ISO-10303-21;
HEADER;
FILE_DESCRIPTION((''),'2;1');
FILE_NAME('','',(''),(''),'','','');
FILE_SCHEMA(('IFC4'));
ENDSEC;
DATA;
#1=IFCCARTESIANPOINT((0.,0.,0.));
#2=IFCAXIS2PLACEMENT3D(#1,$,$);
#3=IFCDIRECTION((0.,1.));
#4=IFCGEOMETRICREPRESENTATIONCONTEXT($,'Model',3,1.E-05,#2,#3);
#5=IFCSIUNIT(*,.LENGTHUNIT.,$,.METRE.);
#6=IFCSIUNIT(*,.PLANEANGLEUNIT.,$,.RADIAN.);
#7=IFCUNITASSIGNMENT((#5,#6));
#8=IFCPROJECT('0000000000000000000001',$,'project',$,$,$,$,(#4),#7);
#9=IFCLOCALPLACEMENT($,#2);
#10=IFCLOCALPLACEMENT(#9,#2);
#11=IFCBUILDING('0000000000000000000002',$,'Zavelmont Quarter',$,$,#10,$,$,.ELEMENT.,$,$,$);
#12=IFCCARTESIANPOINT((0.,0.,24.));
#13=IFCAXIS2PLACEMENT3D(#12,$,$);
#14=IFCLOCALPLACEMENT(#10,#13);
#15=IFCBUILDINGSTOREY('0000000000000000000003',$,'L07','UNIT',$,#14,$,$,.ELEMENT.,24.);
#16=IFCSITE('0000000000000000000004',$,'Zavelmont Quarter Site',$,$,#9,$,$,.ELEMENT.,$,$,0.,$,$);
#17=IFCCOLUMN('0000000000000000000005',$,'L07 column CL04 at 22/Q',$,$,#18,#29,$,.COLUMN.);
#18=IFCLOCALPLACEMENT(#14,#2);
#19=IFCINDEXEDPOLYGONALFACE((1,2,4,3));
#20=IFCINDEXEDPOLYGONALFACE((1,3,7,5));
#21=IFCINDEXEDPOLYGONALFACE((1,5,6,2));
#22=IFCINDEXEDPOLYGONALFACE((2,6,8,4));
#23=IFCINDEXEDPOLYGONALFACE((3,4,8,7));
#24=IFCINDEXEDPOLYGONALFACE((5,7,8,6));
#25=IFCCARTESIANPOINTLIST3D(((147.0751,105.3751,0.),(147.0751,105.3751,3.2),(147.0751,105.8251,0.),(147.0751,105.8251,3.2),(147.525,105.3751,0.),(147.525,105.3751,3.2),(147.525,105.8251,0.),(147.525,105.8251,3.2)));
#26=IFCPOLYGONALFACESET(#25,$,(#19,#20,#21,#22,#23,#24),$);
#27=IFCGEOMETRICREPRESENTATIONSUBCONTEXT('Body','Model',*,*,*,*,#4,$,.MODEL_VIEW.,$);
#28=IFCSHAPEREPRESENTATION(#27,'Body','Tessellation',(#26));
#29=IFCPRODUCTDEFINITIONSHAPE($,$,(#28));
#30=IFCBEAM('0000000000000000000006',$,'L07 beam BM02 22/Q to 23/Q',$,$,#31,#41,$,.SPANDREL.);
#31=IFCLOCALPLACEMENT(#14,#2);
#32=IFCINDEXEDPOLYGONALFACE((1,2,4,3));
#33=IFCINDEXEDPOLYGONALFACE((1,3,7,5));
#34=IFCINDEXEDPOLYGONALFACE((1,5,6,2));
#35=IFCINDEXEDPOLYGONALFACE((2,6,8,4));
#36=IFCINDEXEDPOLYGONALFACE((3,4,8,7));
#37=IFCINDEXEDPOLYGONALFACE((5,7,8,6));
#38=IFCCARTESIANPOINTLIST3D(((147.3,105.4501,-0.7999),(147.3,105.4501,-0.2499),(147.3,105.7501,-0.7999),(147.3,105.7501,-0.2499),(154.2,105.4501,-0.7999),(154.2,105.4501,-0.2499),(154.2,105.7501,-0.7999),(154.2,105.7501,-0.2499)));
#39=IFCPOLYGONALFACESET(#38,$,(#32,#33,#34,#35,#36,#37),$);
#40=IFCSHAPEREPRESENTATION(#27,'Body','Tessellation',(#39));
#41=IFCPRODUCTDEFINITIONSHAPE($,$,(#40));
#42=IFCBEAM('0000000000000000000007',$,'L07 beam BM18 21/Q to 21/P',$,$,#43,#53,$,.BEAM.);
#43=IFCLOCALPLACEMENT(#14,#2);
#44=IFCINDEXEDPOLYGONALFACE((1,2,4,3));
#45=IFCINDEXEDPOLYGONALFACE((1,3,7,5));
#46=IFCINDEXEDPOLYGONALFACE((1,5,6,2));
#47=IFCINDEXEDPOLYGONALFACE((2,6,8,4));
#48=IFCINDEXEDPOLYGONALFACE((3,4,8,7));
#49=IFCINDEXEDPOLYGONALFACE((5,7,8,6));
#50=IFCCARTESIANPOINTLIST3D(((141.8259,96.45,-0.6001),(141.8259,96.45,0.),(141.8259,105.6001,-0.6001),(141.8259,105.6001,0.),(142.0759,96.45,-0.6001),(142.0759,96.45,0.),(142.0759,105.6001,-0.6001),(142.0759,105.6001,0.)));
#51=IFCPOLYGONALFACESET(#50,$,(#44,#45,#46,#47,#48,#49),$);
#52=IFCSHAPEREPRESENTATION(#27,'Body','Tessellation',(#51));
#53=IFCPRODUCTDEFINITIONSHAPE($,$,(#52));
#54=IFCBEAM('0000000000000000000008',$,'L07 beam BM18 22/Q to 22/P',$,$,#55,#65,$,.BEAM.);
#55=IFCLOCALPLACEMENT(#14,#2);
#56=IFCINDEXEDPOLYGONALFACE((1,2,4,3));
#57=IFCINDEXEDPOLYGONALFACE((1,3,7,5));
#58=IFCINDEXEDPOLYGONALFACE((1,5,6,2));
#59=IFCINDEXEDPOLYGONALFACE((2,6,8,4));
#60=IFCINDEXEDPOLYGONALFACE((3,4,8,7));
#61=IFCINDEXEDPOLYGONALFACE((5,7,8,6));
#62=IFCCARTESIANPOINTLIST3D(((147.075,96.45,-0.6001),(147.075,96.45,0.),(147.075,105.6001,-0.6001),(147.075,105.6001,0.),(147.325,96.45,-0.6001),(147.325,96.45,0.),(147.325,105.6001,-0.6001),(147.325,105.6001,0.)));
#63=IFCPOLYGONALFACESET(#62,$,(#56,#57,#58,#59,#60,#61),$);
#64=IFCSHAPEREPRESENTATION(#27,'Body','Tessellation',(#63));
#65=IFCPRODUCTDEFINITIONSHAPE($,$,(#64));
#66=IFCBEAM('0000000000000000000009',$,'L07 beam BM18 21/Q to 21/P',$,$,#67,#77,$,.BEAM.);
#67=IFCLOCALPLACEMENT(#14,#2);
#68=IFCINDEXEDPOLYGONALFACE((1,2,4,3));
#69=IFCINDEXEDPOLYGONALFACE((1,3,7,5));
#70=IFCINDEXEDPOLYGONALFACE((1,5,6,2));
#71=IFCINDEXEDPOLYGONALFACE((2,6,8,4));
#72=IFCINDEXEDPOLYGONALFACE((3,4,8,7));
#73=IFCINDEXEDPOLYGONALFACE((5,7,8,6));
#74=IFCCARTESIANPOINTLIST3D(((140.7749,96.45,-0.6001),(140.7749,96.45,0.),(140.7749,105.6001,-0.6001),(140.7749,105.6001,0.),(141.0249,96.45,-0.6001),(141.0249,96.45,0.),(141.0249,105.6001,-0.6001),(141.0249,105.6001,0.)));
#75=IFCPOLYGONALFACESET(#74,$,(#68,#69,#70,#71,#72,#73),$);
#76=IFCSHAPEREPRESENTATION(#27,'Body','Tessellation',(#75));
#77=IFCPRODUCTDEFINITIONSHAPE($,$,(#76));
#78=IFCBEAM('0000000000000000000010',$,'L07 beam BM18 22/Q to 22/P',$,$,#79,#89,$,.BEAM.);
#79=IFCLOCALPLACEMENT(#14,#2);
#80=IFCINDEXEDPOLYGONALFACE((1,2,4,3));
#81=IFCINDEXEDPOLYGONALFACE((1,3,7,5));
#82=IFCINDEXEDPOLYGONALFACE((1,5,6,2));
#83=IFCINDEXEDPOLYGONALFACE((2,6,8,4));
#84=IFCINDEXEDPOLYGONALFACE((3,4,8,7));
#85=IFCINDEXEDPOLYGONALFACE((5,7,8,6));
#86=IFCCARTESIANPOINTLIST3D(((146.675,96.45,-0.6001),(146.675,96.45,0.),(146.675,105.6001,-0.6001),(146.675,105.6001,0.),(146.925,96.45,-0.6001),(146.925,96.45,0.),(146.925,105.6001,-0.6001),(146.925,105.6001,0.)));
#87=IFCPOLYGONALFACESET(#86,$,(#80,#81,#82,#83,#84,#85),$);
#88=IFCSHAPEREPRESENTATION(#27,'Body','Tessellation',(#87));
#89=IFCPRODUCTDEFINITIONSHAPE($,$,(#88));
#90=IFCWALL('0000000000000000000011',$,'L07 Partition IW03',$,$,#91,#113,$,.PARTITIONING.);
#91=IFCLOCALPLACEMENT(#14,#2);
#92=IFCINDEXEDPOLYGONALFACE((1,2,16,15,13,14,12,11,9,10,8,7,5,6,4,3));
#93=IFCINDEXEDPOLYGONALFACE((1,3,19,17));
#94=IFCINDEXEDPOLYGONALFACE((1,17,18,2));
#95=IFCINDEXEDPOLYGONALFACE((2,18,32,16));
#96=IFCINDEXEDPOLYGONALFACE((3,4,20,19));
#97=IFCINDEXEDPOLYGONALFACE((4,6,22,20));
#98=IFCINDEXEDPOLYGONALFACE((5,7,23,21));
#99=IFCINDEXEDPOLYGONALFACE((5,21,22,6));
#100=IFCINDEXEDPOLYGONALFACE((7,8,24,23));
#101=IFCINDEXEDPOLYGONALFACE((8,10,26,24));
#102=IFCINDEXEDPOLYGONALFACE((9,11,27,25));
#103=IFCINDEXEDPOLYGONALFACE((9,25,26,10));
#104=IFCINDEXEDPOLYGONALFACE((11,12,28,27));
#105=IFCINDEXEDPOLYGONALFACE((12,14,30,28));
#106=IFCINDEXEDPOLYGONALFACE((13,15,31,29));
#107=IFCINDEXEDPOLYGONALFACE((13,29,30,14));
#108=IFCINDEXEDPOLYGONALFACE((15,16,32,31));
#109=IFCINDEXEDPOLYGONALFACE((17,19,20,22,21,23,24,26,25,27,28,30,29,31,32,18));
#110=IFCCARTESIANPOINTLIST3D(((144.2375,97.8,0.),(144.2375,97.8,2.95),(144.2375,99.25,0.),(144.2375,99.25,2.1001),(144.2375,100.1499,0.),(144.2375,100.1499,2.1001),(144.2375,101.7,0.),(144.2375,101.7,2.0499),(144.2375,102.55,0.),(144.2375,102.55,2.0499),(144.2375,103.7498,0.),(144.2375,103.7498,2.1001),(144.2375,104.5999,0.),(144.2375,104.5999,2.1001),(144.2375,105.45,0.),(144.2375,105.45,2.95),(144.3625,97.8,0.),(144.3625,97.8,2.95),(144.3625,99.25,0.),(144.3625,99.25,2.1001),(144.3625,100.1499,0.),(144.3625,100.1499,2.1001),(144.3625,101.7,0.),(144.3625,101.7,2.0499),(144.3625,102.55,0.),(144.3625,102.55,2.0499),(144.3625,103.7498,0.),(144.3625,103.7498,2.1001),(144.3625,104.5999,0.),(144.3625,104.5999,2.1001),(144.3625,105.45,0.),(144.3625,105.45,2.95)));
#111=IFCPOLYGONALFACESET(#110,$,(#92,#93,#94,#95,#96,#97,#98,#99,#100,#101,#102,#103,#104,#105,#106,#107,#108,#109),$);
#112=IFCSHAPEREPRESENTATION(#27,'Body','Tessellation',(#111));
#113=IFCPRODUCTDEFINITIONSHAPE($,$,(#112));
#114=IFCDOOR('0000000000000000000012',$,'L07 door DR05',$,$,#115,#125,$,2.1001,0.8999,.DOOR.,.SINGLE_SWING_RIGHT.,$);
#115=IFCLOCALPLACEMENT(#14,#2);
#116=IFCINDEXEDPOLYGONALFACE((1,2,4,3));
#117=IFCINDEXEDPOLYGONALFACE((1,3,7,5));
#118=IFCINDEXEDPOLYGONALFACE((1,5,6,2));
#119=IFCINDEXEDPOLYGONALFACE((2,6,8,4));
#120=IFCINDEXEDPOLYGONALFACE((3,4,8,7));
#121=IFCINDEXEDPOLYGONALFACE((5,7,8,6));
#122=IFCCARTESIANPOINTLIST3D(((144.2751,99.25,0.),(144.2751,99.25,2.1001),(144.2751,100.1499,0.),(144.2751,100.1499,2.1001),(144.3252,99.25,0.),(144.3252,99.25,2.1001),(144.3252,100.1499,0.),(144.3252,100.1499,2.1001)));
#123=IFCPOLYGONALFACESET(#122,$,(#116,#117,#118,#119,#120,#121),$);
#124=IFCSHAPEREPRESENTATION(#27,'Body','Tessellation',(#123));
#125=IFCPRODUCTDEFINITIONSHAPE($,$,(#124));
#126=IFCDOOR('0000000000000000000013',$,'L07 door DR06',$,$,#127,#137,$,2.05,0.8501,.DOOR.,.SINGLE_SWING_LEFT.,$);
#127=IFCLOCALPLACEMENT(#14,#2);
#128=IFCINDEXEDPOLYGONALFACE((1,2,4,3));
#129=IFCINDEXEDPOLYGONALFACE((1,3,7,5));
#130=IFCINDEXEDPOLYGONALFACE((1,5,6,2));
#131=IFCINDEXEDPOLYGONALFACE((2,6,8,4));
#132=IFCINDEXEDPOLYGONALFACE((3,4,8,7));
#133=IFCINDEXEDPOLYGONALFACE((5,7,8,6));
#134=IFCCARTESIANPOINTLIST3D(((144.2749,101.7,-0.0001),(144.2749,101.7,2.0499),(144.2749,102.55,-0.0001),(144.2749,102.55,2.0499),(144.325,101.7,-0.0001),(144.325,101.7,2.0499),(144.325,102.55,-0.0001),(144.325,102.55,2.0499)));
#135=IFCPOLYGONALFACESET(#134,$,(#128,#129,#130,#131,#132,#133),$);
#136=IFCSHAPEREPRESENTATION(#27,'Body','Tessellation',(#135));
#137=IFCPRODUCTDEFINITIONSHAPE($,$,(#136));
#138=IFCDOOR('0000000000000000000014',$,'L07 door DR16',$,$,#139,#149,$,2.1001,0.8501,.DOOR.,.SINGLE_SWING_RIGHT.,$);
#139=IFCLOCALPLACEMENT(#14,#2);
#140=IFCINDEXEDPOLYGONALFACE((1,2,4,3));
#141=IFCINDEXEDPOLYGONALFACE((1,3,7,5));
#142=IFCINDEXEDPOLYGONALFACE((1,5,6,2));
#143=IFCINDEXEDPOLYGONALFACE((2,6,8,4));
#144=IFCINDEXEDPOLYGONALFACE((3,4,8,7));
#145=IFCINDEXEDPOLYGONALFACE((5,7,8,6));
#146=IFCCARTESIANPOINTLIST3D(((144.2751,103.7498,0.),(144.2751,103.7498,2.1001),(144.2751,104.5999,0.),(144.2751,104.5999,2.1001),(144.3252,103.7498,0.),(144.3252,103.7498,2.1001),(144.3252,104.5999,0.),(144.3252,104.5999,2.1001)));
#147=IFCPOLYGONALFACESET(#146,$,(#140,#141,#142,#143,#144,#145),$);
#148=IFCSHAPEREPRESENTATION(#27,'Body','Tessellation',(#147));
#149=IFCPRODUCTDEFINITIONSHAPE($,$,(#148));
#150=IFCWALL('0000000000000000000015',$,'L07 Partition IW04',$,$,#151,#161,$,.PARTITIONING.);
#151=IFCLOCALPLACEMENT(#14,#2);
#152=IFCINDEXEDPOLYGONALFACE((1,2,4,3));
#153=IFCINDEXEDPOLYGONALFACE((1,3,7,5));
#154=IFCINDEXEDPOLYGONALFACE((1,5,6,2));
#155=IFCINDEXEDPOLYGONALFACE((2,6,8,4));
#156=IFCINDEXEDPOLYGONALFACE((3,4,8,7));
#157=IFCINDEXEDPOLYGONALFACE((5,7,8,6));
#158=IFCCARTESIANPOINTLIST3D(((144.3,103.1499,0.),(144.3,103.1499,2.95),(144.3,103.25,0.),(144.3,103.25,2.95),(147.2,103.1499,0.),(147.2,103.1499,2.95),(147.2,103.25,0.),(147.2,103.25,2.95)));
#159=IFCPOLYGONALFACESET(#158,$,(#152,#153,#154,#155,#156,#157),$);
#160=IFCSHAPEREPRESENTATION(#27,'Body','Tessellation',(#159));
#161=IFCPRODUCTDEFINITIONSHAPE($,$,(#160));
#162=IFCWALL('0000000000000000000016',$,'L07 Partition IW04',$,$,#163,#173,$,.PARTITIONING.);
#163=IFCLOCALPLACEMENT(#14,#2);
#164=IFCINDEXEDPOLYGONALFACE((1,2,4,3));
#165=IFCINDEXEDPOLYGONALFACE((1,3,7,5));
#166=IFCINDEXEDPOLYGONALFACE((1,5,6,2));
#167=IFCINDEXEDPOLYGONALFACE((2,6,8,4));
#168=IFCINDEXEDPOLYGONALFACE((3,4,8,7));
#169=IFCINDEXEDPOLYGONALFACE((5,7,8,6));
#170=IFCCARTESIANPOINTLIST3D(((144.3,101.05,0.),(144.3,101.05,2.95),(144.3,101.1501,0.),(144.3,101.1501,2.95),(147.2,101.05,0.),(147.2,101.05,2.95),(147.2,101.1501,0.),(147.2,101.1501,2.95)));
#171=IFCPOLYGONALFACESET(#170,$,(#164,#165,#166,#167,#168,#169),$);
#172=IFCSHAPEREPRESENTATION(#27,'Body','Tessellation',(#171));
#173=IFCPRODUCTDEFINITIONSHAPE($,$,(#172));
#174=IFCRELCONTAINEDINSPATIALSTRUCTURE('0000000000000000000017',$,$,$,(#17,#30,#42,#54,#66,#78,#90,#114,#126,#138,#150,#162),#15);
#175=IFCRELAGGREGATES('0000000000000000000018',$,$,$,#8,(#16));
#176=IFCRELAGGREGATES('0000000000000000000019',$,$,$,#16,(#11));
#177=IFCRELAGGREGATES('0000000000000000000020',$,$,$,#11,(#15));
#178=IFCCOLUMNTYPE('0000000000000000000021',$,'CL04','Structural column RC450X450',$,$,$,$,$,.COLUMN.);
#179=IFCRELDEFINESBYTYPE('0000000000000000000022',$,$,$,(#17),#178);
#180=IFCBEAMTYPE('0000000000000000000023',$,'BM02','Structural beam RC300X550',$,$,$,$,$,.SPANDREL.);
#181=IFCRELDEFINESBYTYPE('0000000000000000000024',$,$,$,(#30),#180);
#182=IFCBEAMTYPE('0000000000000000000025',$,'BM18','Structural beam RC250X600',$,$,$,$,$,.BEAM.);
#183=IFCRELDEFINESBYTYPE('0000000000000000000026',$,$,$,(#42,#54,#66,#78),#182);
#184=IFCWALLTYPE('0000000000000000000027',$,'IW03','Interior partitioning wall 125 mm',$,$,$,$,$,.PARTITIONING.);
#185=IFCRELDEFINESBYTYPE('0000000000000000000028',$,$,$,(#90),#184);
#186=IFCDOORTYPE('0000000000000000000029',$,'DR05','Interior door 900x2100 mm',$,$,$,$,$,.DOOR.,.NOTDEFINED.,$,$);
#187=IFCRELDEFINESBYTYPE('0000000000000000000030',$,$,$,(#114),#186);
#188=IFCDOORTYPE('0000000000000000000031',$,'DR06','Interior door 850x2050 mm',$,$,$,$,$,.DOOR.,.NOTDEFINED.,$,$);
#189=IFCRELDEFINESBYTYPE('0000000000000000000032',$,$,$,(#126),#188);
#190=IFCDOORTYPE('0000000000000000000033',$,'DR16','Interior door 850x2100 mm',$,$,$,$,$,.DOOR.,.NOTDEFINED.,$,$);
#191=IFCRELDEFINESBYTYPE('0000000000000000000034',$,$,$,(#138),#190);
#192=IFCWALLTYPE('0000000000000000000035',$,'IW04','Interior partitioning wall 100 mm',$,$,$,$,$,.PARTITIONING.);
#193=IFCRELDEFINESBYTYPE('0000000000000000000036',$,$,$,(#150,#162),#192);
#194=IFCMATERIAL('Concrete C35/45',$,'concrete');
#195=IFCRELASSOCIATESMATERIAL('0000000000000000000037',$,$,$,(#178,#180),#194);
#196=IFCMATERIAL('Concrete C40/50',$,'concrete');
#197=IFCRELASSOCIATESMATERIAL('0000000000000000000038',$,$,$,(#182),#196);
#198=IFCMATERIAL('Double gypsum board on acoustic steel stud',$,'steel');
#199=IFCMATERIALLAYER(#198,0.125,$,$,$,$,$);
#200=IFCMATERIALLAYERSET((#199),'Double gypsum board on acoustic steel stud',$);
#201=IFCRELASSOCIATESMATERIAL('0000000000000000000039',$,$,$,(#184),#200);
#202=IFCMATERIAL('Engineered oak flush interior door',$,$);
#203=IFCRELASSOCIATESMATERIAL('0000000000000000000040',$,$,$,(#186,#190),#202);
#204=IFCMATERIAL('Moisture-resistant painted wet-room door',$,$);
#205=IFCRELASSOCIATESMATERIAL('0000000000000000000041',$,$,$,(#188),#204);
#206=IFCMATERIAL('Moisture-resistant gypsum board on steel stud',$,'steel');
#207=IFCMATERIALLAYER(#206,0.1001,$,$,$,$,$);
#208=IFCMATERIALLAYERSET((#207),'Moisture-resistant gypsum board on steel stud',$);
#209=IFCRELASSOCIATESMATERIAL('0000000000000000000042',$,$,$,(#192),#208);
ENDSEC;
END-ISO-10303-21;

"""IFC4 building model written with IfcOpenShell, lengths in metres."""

from ifc_helpers import new_model, si_unit, direction, frame, frame_2d, origin, origin_with_axes, origin_2d, place, context, subcontext, project, spatial, rectangle, extrude, material, layer, layer_set, material_profile, profile_set, type_object, element, fill, save


model = new_model("IFC4")

# Units and contexts
model_context = context("Model", 3, precision=1e-05, world=origin(), true_north=direction((0.0, 1.0)))
body_context = subcontext(model_context, "Body", "Model", "MODEL_VIEW")
ifc_project = project(units=[si_unit("LENGTHUNIT", "METRE"), si_unit("PLANEANGLEUNIT", "RADIAN")], contexts=[model_context])

# Site, building, storey
site_placement = place(None, origin())
site = spatial("IfcSite", under=ifc_project, at=site_placement, Name="Zavelmont Quarter Site", CompositionType="ELEMENT", RefElevation=0.0)
building_placement = place(site_placement, origin())
building = spatial("IfcBuilding", under=site, at=building_placement, Name="Zavelmont Quarter", CompositionType="ELEMENT")
storey_placement = place(building_placement, frame((0.0, 0.0, 24.0)))
storey = spatial("IfcBuildingStorey", under=building, at=storey_placement, Name="L07", Description="UNIT", CompositionType="ELEMENT", Elevation=24.0)

# Column
ifc_material_1 = material(Name="Concrete C35/45", Category="concrete")
ifc_material_profile_1 = material_profile(ifc_material_1, rectangle(XDim=0.45, YDim=0.45, at=origin_2d()), Name="RC450X450")
ifc_profile_set_1 = profile_set([ifc_material_profile_1], Name="Concrete C35/45")
column_type = type_object("IfcColumnType", Name="CL04", Description="Structural column RC450X450", PredefinedType="COLUMN", material=ifc_profile_set_1)
column_placement = place(storey_placement, frame((147.3, 105.6001, 0.0), z_axis=(0.0, 0.0, 1.0), x_axis=(1.0, 0.0, 0.0)))
element("IfcColumn", 1, at=column_placement, inside=storey, type_object=column_type, Name="L07 column CL04 at 22/Q", PredefinedType="COLUMN", context=body_context, shape_type="SweptSolid", body=[
    extrude(rectangle(XDim=0.45, YDim=0.45, at=origin_2d()), origin(), (0.0, 0.0, 1.0), 3.2),
])

# Beams
ifc_material_profile_2 = material_profile(ifc_material_1, rectangle(XDim=0.3, YDim=0.55, at=origin_2d()), Name="RC300X550")
ifc_profile_set_2 = profile_set([ifc_material_profile_2], Name="Concrete C35/45")
beam_type_1 = type_object("IfcBeamType", Name="BM02", Description="Structural beam RC300X550", PredefinedType="SPANDREL", material=ifc_profile_set_2)
beam_placement = place(storey_placement, frame((147.3, 105.6001, -0.5249), z_axis=(1.0, 0.0, 0.0), x_axis=(0.0, 1.0, 0.0)))
element("IfcBeam", 2, at=beam_placement, inside=storey, type_object=beam_type_1, Name="L07 beam BM02 22/Q to 23/Q", PredefinedType="SPANDREL", context=body_context, shape_type="SweptSolid", body=[
    extrude(rectangle(XDim=0.3, YDim=0.55, at=origin_2d()), origin(), (0.0, 0.0, 1.0), 6.8999),
])
ifc_material_2 = material(Name="Concrete C40/50", Category="concrete")
ifc_material_profile_3 = material_profile(ifc_material_2, rectangle(XDim=0.25, YDim=0.6001, at=origin_2d()), Name="RC250X600")
ifc_profile_set_3 = profile_set([ifc_material_profile_3], Name="Concrete C40/50")
beam_type_2 = type_object("IfcBeamType", Name="BM18", Description="Structural beam RC250X600", PredefinedType="BEAM", material=ifc_profile_set_3)
for number, where, z_axis, x_axis, name in (
    (3, (141.9509, 105.6001, -0.3), (0.0, -1.0, 0.0), (1.0, 0.0, 0.0), "L07 beam BM18 21/Q to 21/P"),
    (4, (147.2, 105.6001, -0.3), (0.0, -1.0, 0.0), (1.0, 0.0, 0.0), "L07 beam BM18 22/Q to 22/P"),
    (5, (140.8999, 105.6001, -0.3), (0.0, -1.0, 0.0), (1.0, 0.0, 0.0), "L07 beam BM18 21/Q to 21/P"),
    (6, (146.8, 105.6001, -0.3), (0.0, -1.0, 0.0), (1.0, 0.0, 0.0), "L07 beam BM18 22/Q to 22/P"),
):
    element("IfcBeam", number, at=place(storey_placement, frame(where, z_axis=z_axis, x_axis=x_axis)), inside=storey, type_object=beam_type_2, Name=name, PredefinedType="BEAM", context=body_context, shape_type="SweptSolid", body=[
        extrude(rectangle(XDim=0.25, YDim=0.6001, at=origin_2d()), origin(), (0.0, 0.0, 1.0), 9.1501),
    ])

# Wall, openings, doors
ifc_material_3 = material(Name="Double gypsum board on acoustic steel stud", Category="steel")
ifc_layer_1 = layer(ifc_material_3, 0.125)
ifc_layer_set_1 = layer_set([ifc_layer_1], Name="Double gypsum board on acoustic steel stud")
wall_type_1 = type_object("IfcWallType", Name="IW03", Description="Interior partitioning wall 125 mm", PredefinedType="PARTITIONING", material=ifc_layer_set_1)
wall_1_placement = place(storey_placement, frame((144.3, 105.45, 0.0), z_axis=(0.0, 0.0, 1.0), x_axis=(0.0, -1.0, 0.0)))
wall_1 = element("IfcWall", 7, at=wall_1_placement, inside=storey, type_object=wall_type_1, Name="L07 Partition IW03", PredefinedType="PARTITIONING", context=body_context, shape_type="SweptSolid", body=[
    extrude(rectangle(XDim=7.6499, YDim=0.125, at=frame_2d((3.825, 0.0))), origin(), (0.0, 0.0, 1.0), 2.95),
])
opening_1_placement = place(wall_1_placement, frame((0.8501, 0.0, 0.0)))
opening_1 = element("IfcOpeningElement", 8, at=opening_1_placement, cuts=wall_1, PredefinedType="OPENING", context=body_context, shape_type="SweptSolid", body=[
    extrude(rectangle(XDim=0.8501, YDim=2.1001, at=frame_2d((0.425, 1.05))), frame((0.0, 0.0745, 0.0), z_axis=(0.0, -1.0, 0.0), x_axis=(1.0, 0.0, 0.0)), (0.0, 0.0, 1.0), 0.1489),
])
opening_2_placement = place(wall_1_placement, frame((2.8999, 0.0, 0.0)))
opening_2 = element("IfcOpeningElement", 9, at=opening_2_placement, cuts=wall_1, PredefinedType="OPENING", context=body_context, shape_type="SweptSolid", body=[
    extrude(rectangle(XDim=0.8501, YDim=2.05, at=frame_2d((0.425, 1.0249))), frame((0.0, 0.0745, 0.0), z_axis=(0.0, -1.0, 0.0), x_axis=(1.0, 0.0, 0.0)), (0.0, 0.0, 1.0), 0.1489),
])
opening_3_placement = place(wall_1_placement, frame((5.3, 0.0, 0.0)))
opening_3 = element("IfcOpeningElement", 10, at=opening_3_placement, cuts=wall_1, PredefinedType="OPENING", context=body_context, shape_type="SweptSolid", body=[
    extrude(rectangle(XDim=0.8999, YDim=2.1001, at=frame_2d((0.45, 1.05))), frame((0.0, 0.0745, 0.0), z_axis=(0.0, -1.0, 0.0), x_axis=(1.0, 0.0, 0.0)), (0.0, 0.0, 1.0), 0.1489),
])
ifc_material_4 = material(Name="Engineered oak flush interior door")
door_type_1 = type_object("IfcDoorType", Name="DR05", Description="Interior door 900x2100 mm", OperationType="NOTDEFINED", PredefinedType="DOOR", material=ifc_material_4)
door_1_placement = place(opening_3_placement, frame((0.8999, 0.0, 0.0), z_axis=(0.0, 0.0, 1.0), x_axis=(-1.0, 0.0, 0.0)))
door_1 = element("IfcDoor", 11, at=door_1_placement, inside=storey, type_object=door_type_1, Name="L07 door DR05", OperationType="SINGLE_SWING_RIGHT", OverallHeight=2.1001, OverallWidth=0.8999, PredefinedType="DOOR", context=body_context, shape_type="SweptSolid", body=[
    extrude(rectangle(XDim=0.8999, YDim=2.1001, at=frame_2d((0.45, 1.05))), frame((0.0, 0.0249, 0.0), z_axis=(0.0, -1.0, 0.0), x_axis=(1.0, 0.0, 0.0)), (0.0, 0.0, 1.0), 0.05),
])
fill(opening_3, door_1)
ifc_material_5 = material(Name="Moisture-resistant painted wet-room door")
door_type_2 = type_object("IfcDoorType", Name="DR06", Description="Interior door 850x2050 mm", OperationType="NOTDEFINED", PredefinedType="DOOR", material=ifc_material_5)
door_2_placement = place(opening_2_placement, origin_with_axes())
door_2 = element("IfcDoor", 12, at=door_2_placement, inside=storey, type_object=door_type_2, Name="L07 door DR06", OperationType="SINGLE_SWING_LEFT", OverallHeight=2.05, OverallWidth=0.8501, PredefinedType="DOOR", context=body_context, shape_type="SweptSolid", body=[
    extrude(rectangle(XDim=0.8501, YDim=2.05, at=frame_2d((0.425, 1.0249))), frame((0.0, 0.0249, 0.0), z_axis=(0.0, -1.0, 0.0), x_axis=(1.0, 0.0, 0.0)), (0.0, 0.0, 1.0), 0.05),
])
fill(opening_2, door_2)
door_type_3 = type_object("IfcDoorType", Name="DR16", Description="Interior door 850x2100 mm", OperationType="NOTDEFINED", PredefinedType="DOOR", material=ifc_material_4)
door_3_placement = place(opening_1_placement, frame((0.8501, 0.0, 0.0), z_axis=(0.0, 0.0, 1.0), x_axis=(-1.0, 0.0, 0.0)))
door_3 = element("IfcDoor", 13, at=door_3_placement, inside=storey, type_object=door_type_3, Name="L07 door DR16", OperationType="SINGLE_SWING_RIGHT", OverallHeight=2.1001, OverallWidth=0.8501, PredefinedType="DOOR", context=body_context, shape_type="SweptSolid", body=[
    extrude(rectangle(XDim=0.8501, YDim=2.1001, at=frame_2d((0.425, 1.05))), frame((0.0, 0.0249, 0.0), z_axis=(0.0, -1.0, 0.0), x_axis=(1.0, 0.0, 0.0)), (0.0, 0.0, 1.0), 0.05),
])
fill(opening_1, door_3)

# Walls
ifc_material_6 = material(Name="Moisture-resistant gypsum board on steel stud", Category="steel")
ifc_layer_2 = layer(ifc_material_6, 0.1001)
ifc_layer_set_2 = layer_set([ifc_layer_2], Name="Moisture-resistant gypsum board on steel stud")
wall_type_2 = type_object("IfcWallType", Name="IW04", Description="Interior partitioning wall 100 mm", PredefinedType="PARTITIONING", material=ifc_layer_set_2)
for number, where, z_axis, x_axis, name in (
    (14, (144.3, 103.2, 0.0), (0.0, 0.0, 1.0), (1.0, 0.0, 0.0), "L07 Partition IW04"),
    (15, (144.3, 101.1001, 0.0), (0.0, 0.0, 1.0), (1.0, 0.0, 0.0), "L07 Partition IW04"),
):
    element("IfcWall", number, at=place(storey_placement, frame(where, z_axis=z_axis, x_axis=x_axis)), inside=storey, type_object=wall_type_2, Name=name, PredefinedType="PARTITIONING", context=body_context, shape_type="SweptSolid", body=[
        extrude(rectangle(XDim=2.8999, YDim=0.1001, at=frame_2d((1.45, 0.0))), origin(), (0.0, 0.0, 1.0), 2.95),
    ])

save(model, "model.ifc")
